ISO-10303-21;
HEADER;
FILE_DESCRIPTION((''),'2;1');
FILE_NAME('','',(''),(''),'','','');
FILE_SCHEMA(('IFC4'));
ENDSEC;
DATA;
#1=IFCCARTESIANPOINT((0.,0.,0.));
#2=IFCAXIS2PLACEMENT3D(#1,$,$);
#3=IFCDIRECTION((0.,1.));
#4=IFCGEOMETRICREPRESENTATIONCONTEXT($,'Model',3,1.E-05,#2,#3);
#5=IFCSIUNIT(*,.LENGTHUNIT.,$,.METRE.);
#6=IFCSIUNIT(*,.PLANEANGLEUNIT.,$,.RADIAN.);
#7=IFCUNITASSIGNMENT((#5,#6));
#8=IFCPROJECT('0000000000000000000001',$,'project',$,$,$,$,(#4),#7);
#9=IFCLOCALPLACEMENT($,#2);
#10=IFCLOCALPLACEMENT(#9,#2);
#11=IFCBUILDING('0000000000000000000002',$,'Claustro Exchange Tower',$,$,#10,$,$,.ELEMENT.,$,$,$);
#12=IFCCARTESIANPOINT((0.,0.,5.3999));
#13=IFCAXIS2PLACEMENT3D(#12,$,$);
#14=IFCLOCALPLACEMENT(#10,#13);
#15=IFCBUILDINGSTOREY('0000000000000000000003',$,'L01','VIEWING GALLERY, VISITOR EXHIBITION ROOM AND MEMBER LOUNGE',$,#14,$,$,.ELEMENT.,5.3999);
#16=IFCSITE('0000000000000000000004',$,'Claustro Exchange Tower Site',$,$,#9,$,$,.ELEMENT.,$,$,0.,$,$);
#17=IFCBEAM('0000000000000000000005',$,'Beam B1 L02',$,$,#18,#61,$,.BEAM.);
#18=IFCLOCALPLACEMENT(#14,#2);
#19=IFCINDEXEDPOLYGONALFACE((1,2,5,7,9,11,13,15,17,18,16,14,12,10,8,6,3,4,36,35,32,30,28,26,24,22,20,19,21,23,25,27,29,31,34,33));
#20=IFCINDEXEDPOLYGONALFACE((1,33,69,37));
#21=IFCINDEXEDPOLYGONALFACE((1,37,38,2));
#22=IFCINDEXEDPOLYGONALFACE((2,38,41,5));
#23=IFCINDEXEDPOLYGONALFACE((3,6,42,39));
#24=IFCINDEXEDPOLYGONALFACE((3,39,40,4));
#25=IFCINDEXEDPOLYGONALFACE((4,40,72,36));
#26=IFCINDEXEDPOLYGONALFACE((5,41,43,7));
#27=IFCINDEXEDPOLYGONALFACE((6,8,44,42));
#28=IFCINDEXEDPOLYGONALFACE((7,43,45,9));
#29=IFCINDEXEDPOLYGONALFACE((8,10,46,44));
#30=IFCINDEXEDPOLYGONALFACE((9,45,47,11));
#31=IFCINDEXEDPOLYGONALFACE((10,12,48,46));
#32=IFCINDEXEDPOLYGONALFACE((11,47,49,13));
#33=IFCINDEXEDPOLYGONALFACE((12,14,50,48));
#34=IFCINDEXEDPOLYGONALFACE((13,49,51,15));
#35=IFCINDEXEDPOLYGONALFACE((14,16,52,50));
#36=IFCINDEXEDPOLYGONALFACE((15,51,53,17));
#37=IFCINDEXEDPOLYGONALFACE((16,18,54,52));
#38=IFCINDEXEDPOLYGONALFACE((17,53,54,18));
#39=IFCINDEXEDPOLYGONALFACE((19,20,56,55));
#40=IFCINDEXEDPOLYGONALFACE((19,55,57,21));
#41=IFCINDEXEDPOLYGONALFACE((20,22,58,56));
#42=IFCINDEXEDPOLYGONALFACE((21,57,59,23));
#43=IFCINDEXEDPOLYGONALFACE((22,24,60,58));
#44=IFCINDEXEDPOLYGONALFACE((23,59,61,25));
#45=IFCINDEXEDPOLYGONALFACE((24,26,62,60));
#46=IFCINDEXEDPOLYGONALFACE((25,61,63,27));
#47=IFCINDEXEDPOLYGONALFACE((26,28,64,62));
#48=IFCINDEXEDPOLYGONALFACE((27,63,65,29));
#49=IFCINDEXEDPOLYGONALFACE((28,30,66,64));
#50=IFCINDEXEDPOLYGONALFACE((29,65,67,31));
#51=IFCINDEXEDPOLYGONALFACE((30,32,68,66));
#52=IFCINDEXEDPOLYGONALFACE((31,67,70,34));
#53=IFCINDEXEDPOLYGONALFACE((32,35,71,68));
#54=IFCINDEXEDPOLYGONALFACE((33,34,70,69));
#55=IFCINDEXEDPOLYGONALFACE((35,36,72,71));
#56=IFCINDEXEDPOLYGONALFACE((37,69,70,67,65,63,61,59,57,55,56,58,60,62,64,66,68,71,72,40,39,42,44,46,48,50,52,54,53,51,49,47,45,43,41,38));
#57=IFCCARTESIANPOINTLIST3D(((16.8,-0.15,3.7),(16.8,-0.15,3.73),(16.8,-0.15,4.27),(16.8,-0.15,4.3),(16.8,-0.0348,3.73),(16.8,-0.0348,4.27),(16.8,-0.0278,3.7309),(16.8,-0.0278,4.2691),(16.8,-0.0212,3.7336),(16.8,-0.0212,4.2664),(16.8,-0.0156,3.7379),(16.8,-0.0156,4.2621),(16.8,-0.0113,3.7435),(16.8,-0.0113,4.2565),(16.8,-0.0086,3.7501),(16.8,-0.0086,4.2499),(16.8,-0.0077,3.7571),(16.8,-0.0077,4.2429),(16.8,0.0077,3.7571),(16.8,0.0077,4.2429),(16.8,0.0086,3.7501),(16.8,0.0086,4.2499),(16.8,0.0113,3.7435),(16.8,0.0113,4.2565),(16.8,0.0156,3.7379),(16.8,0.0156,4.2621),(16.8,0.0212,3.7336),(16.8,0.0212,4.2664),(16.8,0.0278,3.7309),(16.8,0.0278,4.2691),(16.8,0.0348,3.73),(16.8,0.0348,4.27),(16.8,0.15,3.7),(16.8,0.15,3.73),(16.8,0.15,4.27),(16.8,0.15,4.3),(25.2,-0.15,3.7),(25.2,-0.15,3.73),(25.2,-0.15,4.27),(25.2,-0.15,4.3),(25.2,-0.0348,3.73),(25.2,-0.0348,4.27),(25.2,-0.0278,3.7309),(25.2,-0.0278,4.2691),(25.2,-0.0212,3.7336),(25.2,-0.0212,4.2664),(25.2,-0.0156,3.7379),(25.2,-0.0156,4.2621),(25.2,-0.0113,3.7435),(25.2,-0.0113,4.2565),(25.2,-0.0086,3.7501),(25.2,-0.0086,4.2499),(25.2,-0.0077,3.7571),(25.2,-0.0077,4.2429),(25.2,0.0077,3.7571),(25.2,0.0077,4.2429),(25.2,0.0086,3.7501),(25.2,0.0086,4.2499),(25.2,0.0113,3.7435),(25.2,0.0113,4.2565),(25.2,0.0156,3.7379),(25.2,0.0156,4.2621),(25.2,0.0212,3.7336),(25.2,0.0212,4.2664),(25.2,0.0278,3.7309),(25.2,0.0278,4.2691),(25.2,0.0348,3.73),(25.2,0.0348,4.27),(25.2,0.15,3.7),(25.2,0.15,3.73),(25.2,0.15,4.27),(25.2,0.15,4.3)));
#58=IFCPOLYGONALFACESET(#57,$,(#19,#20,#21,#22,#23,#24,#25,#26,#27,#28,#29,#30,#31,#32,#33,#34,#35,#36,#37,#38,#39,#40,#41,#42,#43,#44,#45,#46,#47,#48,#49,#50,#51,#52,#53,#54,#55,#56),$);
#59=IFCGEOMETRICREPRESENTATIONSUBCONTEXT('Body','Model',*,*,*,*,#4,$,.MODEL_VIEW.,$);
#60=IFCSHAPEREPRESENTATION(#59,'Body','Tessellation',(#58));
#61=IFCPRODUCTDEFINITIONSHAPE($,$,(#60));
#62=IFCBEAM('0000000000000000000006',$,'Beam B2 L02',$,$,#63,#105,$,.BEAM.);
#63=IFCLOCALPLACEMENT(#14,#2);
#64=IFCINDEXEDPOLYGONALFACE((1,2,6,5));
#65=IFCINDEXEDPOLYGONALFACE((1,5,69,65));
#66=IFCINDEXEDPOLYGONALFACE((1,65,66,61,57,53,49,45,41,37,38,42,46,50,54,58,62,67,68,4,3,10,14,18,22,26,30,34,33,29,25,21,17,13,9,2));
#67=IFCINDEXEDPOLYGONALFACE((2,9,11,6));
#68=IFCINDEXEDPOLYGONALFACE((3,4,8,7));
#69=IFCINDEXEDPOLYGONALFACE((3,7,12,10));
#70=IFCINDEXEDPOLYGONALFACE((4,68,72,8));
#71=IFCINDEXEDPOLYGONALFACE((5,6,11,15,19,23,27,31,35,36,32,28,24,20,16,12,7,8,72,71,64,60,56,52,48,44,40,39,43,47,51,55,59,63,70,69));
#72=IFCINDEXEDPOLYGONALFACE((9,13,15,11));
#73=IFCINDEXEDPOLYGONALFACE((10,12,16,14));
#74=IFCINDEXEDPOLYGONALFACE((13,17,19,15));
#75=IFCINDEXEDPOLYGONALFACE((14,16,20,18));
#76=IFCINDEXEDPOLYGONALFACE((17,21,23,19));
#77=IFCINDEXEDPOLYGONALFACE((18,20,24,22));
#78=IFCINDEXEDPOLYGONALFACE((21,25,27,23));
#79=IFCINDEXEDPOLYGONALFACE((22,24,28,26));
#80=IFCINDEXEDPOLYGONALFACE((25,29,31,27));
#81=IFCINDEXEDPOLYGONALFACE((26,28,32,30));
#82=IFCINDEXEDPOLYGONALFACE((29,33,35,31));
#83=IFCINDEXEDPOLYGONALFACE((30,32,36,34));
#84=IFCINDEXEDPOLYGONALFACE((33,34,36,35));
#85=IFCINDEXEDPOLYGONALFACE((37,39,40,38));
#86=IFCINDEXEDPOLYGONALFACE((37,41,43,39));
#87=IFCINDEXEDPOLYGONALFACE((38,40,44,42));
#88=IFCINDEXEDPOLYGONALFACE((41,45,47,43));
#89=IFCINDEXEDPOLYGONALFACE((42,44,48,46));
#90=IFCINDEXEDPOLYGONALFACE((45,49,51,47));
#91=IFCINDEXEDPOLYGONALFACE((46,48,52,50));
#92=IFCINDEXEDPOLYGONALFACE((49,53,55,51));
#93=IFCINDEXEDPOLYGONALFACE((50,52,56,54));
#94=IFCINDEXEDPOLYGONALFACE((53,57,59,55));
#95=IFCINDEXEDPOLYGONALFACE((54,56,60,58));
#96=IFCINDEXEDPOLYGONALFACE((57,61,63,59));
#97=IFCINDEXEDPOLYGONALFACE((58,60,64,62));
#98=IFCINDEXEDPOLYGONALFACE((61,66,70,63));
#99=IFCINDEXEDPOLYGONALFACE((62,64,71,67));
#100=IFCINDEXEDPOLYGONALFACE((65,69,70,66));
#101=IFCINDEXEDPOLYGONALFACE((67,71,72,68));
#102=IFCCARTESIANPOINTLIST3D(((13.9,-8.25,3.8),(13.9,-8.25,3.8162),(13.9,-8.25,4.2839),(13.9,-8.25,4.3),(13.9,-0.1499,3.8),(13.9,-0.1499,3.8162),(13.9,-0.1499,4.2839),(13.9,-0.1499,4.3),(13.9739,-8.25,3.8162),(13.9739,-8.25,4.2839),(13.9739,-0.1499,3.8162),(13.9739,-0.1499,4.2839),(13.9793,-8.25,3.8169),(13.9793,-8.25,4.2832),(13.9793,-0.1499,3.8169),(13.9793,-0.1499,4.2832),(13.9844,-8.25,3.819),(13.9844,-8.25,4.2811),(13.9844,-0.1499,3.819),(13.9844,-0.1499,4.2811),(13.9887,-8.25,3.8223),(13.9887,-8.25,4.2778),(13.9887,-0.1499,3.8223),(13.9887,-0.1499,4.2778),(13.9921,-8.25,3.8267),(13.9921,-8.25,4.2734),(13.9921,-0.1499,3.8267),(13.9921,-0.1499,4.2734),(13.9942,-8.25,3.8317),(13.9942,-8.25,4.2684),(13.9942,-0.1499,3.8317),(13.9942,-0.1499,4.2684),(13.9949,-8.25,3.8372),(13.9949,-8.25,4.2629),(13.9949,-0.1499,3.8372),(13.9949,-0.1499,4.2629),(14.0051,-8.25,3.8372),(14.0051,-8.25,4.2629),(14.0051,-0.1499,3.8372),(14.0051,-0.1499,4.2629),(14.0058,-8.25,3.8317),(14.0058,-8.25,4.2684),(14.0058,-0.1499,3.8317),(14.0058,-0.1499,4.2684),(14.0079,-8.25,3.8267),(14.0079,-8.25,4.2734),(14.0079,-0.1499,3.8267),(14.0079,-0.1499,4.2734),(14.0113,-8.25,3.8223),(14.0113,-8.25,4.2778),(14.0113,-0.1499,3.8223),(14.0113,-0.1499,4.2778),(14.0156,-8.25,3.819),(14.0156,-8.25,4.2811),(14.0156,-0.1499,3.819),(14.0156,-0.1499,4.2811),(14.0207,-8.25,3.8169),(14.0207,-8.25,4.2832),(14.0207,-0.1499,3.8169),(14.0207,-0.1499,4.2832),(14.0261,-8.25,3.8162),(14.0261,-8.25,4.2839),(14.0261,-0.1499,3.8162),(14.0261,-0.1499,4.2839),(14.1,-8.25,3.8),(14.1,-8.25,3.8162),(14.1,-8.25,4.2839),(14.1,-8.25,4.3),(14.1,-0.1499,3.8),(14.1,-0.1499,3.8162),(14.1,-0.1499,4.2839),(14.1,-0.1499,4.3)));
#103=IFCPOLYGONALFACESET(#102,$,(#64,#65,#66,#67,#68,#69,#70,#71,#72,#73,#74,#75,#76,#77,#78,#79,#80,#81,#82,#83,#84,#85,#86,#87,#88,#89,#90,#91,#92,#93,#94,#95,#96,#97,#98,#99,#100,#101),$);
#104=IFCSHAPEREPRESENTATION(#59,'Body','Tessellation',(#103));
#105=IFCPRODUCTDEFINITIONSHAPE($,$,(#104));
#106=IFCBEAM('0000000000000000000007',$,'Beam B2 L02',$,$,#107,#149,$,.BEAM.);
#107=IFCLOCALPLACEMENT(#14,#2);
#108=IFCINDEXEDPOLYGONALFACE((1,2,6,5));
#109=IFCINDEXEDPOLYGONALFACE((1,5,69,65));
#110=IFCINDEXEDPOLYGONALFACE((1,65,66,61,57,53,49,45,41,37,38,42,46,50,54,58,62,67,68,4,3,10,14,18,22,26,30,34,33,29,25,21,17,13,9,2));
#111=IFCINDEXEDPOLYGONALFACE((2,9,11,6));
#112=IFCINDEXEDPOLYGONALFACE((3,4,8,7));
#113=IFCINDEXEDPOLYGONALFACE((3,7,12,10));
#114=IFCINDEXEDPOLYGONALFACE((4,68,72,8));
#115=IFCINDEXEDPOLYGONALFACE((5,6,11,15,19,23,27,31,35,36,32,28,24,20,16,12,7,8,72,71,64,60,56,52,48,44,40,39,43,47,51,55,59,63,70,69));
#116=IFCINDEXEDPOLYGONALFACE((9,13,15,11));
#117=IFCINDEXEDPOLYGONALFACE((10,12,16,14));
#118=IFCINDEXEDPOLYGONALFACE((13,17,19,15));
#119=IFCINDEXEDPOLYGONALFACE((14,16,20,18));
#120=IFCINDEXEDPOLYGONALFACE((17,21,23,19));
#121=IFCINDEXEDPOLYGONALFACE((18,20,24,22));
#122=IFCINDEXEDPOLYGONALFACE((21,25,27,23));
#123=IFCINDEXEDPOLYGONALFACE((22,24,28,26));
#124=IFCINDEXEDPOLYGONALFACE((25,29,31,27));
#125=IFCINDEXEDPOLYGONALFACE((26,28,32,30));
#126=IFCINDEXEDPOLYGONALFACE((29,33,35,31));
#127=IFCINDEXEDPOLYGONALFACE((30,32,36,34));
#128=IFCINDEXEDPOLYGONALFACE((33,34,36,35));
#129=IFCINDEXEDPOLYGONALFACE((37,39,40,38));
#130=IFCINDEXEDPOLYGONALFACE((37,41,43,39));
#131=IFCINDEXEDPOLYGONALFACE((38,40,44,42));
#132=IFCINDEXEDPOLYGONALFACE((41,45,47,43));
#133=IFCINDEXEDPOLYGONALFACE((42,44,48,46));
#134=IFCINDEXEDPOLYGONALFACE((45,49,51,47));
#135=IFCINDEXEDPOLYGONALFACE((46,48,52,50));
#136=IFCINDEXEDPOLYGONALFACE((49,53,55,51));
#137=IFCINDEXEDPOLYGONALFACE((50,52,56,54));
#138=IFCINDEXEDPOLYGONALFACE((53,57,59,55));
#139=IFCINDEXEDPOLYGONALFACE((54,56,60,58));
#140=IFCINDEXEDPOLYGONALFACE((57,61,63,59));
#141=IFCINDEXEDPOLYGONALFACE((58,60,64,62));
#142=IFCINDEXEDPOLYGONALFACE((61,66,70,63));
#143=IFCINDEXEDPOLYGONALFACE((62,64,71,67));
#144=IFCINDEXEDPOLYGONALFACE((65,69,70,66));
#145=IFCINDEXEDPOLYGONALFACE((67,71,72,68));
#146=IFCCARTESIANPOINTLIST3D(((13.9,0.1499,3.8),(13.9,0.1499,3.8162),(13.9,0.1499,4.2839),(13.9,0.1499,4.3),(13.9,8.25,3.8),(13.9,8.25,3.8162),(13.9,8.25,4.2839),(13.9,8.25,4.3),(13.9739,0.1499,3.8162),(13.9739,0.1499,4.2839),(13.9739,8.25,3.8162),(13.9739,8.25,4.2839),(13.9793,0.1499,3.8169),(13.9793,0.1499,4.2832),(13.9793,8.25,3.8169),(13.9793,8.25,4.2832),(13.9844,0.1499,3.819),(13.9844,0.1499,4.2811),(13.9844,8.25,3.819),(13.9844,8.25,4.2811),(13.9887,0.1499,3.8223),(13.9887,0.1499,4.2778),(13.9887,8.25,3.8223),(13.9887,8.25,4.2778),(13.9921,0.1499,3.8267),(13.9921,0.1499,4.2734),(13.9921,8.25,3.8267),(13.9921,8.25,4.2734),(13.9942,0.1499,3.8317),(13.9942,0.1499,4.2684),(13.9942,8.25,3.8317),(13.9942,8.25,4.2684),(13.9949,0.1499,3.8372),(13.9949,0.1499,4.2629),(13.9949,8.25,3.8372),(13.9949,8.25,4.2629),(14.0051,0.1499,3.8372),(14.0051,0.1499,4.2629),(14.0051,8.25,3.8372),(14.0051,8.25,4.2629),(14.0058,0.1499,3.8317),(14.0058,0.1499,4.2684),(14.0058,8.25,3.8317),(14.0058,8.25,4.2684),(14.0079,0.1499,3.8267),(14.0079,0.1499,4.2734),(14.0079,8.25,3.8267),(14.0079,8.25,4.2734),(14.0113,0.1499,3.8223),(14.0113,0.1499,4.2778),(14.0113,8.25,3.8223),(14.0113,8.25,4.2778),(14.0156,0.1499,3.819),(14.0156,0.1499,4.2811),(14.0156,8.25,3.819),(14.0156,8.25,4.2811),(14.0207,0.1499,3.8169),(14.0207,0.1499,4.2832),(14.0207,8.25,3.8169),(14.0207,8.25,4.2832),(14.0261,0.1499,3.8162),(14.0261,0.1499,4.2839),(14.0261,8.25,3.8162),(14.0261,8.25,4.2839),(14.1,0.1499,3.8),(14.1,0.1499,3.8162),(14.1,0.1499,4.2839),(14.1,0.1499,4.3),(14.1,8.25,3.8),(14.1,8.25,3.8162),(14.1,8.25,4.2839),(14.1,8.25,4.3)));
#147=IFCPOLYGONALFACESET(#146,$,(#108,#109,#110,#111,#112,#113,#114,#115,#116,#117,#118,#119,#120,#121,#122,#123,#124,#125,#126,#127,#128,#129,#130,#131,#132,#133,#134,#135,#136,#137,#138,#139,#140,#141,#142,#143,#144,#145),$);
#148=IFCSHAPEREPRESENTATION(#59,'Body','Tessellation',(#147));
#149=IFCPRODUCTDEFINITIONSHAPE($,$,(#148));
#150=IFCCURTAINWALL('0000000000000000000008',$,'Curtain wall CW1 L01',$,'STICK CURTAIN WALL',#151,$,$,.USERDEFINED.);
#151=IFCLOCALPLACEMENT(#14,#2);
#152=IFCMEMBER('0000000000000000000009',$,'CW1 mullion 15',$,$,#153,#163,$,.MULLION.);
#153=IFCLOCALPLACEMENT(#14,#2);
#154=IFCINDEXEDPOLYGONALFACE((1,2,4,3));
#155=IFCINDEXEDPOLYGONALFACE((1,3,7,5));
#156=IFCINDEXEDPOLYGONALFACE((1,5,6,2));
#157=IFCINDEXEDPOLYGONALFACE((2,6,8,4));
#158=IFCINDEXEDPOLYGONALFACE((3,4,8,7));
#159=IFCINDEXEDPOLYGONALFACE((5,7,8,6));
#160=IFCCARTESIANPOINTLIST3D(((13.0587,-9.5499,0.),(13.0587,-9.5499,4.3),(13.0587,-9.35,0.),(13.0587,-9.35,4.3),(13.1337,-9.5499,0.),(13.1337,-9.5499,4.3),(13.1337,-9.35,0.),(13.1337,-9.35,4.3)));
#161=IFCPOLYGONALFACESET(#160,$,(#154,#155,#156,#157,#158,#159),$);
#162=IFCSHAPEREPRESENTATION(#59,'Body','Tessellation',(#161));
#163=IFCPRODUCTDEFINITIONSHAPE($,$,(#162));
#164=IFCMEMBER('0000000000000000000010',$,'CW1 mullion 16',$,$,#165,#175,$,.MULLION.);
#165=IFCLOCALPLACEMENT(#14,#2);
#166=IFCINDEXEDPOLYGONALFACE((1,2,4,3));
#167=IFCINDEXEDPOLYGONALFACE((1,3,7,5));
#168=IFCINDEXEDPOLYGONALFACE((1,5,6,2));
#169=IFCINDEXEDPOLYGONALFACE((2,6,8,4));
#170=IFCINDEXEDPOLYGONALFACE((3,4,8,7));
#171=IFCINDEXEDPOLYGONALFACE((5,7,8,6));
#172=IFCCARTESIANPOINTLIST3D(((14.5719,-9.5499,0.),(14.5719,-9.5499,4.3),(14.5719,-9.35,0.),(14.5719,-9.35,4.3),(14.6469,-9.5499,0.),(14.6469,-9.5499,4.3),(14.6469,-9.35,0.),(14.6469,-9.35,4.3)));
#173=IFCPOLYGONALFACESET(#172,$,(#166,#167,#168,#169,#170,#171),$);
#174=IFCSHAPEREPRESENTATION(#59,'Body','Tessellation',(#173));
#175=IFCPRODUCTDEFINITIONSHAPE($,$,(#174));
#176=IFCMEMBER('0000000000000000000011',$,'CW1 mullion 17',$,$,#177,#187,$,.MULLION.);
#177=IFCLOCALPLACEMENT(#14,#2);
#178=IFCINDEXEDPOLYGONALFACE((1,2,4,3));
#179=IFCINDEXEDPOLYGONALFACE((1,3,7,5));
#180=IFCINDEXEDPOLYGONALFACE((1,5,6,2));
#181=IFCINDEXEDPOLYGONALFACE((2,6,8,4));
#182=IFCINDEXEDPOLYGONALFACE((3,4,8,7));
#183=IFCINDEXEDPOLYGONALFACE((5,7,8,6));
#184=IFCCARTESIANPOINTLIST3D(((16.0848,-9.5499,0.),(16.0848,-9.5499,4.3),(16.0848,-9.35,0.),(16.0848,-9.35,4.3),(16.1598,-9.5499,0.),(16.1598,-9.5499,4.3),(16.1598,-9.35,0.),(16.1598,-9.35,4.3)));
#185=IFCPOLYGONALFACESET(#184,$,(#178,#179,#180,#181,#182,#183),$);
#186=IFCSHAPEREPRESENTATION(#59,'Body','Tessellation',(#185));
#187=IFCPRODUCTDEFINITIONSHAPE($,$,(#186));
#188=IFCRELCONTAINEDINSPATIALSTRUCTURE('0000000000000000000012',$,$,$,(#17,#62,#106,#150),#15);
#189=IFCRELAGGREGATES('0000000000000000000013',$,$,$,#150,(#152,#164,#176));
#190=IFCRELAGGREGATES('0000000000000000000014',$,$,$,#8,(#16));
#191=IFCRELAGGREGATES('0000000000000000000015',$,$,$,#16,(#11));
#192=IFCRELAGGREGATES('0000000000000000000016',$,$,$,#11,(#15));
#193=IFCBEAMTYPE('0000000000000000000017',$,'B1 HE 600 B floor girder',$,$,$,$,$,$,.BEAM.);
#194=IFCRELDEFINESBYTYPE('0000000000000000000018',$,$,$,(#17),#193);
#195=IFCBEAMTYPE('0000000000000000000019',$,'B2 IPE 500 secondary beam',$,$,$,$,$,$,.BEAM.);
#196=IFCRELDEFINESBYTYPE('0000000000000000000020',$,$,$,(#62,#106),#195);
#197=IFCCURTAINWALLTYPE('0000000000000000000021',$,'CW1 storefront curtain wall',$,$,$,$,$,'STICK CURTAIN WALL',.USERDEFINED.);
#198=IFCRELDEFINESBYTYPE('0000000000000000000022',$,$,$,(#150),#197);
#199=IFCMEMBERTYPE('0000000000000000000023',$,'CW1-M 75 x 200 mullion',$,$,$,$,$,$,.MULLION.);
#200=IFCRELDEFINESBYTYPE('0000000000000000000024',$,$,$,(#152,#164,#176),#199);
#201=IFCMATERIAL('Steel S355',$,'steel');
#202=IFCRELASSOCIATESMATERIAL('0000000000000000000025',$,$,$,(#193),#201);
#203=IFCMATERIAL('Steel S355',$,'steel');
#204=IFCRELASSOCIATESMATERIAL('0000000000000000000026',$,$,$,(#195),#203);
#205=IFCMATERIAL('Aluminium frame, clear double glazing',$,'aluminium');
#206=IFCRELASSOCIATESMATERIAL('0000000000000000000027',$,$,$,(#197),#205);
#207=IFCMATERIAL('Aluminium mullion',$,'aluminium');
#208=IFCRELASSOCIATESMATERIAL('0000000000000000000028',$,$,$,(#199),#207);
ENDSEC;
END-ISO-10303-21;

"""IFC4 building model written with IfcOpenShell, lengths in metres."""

from ifc_helpers import new_model, si_unit, direction, frame, origin, origin_2d, place, context, subcontext, project, spatial, rectangle, i_section, extrude, material, material_profile, profile_set, type_object, element, aggregate, save


model = new_model("IFC4")

# Units and contexts
model_context = context("Model", 3, precision=1e-05, world=origin(), true_north=direction((0.0, 1.0)))
body_context = subcontext(model_context, "Body", "Model", "MODEL_VIEW")
ifc_project = project(units=[si_unit("LENGTHUNIT", "METRE"), si_unit("PLANEANGLEUNIT", "RADIAN")], contexts=[model_context])

# Site, building, storey
site_placement = place(None, origin())
site = spatial("IfcSite", under=ifc_project, at=site_placement, Name="Claustro Exchange Tower Site", CompositionType="ELEMENT", RefElevation=0.0)
building_placement = place(site_placement, origin())
building = spatial("IfcBuilding", under=site, at=building_placement, Name="Claustro Exchange Tower", CompositionType="ELEMENT")
storey_placement = place(building_placement, frame((0.0, 0.0, 5.3999)))
storey = spatial("IfcBuildingStorey", under=building, at=storey_placement, Name="L01", Description="VIEWING GALLERY, VISITOR EXHIBITION ROOM AND MEMBER LOUNGE", CompositionType="ELEMENT", Elevation=5.3999)

# Beams
ifc_material_1 = material(Name="Steel S355", Category="steel")
ifc_material_profile_1 = material_profile(ifc_material_1, i_section(OverallWidth=0.3, OverallDepth=0.6001, WebThickness=0.0154, FlangeThickness=0.03, FilletRadius=0.0271, at=origin_2d()), Name="HE 600 B")
ifc_profile_set_1 = profile_set([ifc_material_profile_1], Name="Steel S355")
beam_type_1 = type_object("IfcBeamType", Name="B1 HE 600 B floor girder", PredefinedType="BEAM", material=ifc_profile_set_1)
for number, where, z_axis, x_axis, name in (
    (1, (16.8, 0.0, 4.0), (1.0, 0.0, 0.0), (0.0, 1.0, 0.0), "Beam B1 L02"),
):
    element("IfcBeam", number, at=place(storey_placement, frame(where, z_axis=z_axis, x_axis=x_axis)), inside=storey, type_object=beam_type_1, Name=name, PredefinedType="BEAM", context=body_context, shape_type="SweptSolid", body=[
        extrude(i_section(OverallWidth=0.3, OverallDepth=0.6001, WebThickness=0.0154, FlangeThickness=0.03, FilletRadius=0.0271, at=origin_2d()), origin(), (0.0, 0.0, 1.0), 8.3999),
    ])
ifc_material_2 = material(Name="Steel S355", Category="steel")
ifc_material_profile_2 = material_profile(ifc_material_2, i_section(OverallWidth=0.2, OverallDepth=0.5, WebThickness=0.0103, FlangeThickness=0.0161, FilletRadius=0.021, at=origin_2d()), Name="IPE 500")
ifc_profile_set_2 = profile_set([ifc_material_profile_2], Name="Steel S355")
beam_type_2 = type_object("IfcBeamType", Name="B2 IPE 500 secondary beam", PredefinedType="BEAM", material=ifc_profile_set_2)
for number, where, z_axis, x_axis, name in (
    (2, (14.0, -8.25, 4.05), (0.0, 1.0, 0.0), (-1.0, 0.0, 0.0), "Beam B2 L02"),
    (3, (14.0, 0.1499, 4.05), (0.0, 1.0, 0.0), (-1.0, 0.0, 0.0), "Beam B2 L02"),
):
    element("IfcBeam", number, at=place(storey_placement, frame(where, z_axis=z_axis, x_axis=x_axis)), inside=storey, type_object=beam_type_2, Name=name, PredefinedType="BEAM", context=body_context, shape_type="SweptSolid", body=[
        extrude(i_section(OverallWidth=0.2, OverallDepth=0.5, WebThickness=0.0103, FlangeThickness=0.0161, FilletRadius=0.021, at=origin_2d()), origin(), (0.0, 0.0, 1.0), 8.1001),
    ])

# Curtain wall, members
ifc_material_3 = material(Name="Aluminium frame, clear double glazing", Category="aluminium")
curtain_wall_type = type_object("IfcCurtainWallType", Name="CW1 storefront curtain wall", ElementType="STICK CURTAIN WALL", PredefinedType="USERDEFINED", material=ifc_material_3)
curtain_wall_placement = place(storey_placement, origin())
curtain_wall = element("IfcCurtainWall", 4, at=curtain_wall_placement, inside=storey, type_object=curtain_wall_type, Name="Curtain wall CW1 L01", ObjectType="STICK CURTAIN WALL", PredefinedType="USERDEFINED")
ifc_material_4 = material(Name="Aluminium mullion", Category="aluminium")
ifc_material_profile_3 = material_profile(ifc_material_4, rectangle(XDim=0.2, YDim=0.075, at=origin_2d()), Name="CW1-M 75x200")
ifc_profile_set_3 = profile_set([ifc_material_profile_3], Name="Aluminium mullion")
member_type_1 = type_object("IfcMemberType", Name="CW1-M 75 x 200 mullion", PredefinedType="MULLION", material=ifc_profile_set_3)
member_1_placement = place(storey_placement, frame((13.0962, -9.45, 0.0), z_axis=(0.0, 0.0, 1.0), x_axis=(0.0, 1.0, 0.0)))
member_1 = element("IfcMember", 5, at=member_1_placement, type_object=member_type_1, Name="CW1 mullion 15", PredefinedType="MULLION", context=body_context, shape_type="SweptSolid", body=[
    extrude(rectangle(XDim=0.2, YDim=0.075, at=origin_2d()), origin(), (0.0, 0.0, 1.0), 4.3),
])
member_2_placement = place(storey_placement, frame((14.6094, -9.45, 0.0), z_axis=(0.0, 0.0, 1.0), x_axis=(0.0, 1.0, 0.0)))
member_2 = element("IfcMember", 6, at=member_2_placement, type_object=member_type_1, Name="CW1 mullion 16", PredefinedType="MULLION", context=body_context, shape_type="SweptSolid", body=[
    extrude(rectangle(XDim=0.2, YDim=0.075, at=origin_2d()), origin(), (0.0, 0.0, 1.0), 4.3),
])
member_3_placement = place(storey_placement, frame((16.1223, -9.45, 0.0), z_axis=(0.0, 0.0, 1.0), x_axis=(0.0, 1.0, 0.0)))
member_3 = element("IfcMember", 7, at=member_3_placement, type_object=member_type_1, Name="CW1 mullion 17", PredefinedType="MULLION", context=body_context, shape_type="SweptSolid", body=[
    extrude(rectangle(XDim=0.2, YDim=0.075, at=origin_2d()), origin(), (0.0, 0.0, 1.0), 4.3),
])
aggregate(curtain_wall, [member_1, member_2, member_3])

save(model, "model.ifc")
